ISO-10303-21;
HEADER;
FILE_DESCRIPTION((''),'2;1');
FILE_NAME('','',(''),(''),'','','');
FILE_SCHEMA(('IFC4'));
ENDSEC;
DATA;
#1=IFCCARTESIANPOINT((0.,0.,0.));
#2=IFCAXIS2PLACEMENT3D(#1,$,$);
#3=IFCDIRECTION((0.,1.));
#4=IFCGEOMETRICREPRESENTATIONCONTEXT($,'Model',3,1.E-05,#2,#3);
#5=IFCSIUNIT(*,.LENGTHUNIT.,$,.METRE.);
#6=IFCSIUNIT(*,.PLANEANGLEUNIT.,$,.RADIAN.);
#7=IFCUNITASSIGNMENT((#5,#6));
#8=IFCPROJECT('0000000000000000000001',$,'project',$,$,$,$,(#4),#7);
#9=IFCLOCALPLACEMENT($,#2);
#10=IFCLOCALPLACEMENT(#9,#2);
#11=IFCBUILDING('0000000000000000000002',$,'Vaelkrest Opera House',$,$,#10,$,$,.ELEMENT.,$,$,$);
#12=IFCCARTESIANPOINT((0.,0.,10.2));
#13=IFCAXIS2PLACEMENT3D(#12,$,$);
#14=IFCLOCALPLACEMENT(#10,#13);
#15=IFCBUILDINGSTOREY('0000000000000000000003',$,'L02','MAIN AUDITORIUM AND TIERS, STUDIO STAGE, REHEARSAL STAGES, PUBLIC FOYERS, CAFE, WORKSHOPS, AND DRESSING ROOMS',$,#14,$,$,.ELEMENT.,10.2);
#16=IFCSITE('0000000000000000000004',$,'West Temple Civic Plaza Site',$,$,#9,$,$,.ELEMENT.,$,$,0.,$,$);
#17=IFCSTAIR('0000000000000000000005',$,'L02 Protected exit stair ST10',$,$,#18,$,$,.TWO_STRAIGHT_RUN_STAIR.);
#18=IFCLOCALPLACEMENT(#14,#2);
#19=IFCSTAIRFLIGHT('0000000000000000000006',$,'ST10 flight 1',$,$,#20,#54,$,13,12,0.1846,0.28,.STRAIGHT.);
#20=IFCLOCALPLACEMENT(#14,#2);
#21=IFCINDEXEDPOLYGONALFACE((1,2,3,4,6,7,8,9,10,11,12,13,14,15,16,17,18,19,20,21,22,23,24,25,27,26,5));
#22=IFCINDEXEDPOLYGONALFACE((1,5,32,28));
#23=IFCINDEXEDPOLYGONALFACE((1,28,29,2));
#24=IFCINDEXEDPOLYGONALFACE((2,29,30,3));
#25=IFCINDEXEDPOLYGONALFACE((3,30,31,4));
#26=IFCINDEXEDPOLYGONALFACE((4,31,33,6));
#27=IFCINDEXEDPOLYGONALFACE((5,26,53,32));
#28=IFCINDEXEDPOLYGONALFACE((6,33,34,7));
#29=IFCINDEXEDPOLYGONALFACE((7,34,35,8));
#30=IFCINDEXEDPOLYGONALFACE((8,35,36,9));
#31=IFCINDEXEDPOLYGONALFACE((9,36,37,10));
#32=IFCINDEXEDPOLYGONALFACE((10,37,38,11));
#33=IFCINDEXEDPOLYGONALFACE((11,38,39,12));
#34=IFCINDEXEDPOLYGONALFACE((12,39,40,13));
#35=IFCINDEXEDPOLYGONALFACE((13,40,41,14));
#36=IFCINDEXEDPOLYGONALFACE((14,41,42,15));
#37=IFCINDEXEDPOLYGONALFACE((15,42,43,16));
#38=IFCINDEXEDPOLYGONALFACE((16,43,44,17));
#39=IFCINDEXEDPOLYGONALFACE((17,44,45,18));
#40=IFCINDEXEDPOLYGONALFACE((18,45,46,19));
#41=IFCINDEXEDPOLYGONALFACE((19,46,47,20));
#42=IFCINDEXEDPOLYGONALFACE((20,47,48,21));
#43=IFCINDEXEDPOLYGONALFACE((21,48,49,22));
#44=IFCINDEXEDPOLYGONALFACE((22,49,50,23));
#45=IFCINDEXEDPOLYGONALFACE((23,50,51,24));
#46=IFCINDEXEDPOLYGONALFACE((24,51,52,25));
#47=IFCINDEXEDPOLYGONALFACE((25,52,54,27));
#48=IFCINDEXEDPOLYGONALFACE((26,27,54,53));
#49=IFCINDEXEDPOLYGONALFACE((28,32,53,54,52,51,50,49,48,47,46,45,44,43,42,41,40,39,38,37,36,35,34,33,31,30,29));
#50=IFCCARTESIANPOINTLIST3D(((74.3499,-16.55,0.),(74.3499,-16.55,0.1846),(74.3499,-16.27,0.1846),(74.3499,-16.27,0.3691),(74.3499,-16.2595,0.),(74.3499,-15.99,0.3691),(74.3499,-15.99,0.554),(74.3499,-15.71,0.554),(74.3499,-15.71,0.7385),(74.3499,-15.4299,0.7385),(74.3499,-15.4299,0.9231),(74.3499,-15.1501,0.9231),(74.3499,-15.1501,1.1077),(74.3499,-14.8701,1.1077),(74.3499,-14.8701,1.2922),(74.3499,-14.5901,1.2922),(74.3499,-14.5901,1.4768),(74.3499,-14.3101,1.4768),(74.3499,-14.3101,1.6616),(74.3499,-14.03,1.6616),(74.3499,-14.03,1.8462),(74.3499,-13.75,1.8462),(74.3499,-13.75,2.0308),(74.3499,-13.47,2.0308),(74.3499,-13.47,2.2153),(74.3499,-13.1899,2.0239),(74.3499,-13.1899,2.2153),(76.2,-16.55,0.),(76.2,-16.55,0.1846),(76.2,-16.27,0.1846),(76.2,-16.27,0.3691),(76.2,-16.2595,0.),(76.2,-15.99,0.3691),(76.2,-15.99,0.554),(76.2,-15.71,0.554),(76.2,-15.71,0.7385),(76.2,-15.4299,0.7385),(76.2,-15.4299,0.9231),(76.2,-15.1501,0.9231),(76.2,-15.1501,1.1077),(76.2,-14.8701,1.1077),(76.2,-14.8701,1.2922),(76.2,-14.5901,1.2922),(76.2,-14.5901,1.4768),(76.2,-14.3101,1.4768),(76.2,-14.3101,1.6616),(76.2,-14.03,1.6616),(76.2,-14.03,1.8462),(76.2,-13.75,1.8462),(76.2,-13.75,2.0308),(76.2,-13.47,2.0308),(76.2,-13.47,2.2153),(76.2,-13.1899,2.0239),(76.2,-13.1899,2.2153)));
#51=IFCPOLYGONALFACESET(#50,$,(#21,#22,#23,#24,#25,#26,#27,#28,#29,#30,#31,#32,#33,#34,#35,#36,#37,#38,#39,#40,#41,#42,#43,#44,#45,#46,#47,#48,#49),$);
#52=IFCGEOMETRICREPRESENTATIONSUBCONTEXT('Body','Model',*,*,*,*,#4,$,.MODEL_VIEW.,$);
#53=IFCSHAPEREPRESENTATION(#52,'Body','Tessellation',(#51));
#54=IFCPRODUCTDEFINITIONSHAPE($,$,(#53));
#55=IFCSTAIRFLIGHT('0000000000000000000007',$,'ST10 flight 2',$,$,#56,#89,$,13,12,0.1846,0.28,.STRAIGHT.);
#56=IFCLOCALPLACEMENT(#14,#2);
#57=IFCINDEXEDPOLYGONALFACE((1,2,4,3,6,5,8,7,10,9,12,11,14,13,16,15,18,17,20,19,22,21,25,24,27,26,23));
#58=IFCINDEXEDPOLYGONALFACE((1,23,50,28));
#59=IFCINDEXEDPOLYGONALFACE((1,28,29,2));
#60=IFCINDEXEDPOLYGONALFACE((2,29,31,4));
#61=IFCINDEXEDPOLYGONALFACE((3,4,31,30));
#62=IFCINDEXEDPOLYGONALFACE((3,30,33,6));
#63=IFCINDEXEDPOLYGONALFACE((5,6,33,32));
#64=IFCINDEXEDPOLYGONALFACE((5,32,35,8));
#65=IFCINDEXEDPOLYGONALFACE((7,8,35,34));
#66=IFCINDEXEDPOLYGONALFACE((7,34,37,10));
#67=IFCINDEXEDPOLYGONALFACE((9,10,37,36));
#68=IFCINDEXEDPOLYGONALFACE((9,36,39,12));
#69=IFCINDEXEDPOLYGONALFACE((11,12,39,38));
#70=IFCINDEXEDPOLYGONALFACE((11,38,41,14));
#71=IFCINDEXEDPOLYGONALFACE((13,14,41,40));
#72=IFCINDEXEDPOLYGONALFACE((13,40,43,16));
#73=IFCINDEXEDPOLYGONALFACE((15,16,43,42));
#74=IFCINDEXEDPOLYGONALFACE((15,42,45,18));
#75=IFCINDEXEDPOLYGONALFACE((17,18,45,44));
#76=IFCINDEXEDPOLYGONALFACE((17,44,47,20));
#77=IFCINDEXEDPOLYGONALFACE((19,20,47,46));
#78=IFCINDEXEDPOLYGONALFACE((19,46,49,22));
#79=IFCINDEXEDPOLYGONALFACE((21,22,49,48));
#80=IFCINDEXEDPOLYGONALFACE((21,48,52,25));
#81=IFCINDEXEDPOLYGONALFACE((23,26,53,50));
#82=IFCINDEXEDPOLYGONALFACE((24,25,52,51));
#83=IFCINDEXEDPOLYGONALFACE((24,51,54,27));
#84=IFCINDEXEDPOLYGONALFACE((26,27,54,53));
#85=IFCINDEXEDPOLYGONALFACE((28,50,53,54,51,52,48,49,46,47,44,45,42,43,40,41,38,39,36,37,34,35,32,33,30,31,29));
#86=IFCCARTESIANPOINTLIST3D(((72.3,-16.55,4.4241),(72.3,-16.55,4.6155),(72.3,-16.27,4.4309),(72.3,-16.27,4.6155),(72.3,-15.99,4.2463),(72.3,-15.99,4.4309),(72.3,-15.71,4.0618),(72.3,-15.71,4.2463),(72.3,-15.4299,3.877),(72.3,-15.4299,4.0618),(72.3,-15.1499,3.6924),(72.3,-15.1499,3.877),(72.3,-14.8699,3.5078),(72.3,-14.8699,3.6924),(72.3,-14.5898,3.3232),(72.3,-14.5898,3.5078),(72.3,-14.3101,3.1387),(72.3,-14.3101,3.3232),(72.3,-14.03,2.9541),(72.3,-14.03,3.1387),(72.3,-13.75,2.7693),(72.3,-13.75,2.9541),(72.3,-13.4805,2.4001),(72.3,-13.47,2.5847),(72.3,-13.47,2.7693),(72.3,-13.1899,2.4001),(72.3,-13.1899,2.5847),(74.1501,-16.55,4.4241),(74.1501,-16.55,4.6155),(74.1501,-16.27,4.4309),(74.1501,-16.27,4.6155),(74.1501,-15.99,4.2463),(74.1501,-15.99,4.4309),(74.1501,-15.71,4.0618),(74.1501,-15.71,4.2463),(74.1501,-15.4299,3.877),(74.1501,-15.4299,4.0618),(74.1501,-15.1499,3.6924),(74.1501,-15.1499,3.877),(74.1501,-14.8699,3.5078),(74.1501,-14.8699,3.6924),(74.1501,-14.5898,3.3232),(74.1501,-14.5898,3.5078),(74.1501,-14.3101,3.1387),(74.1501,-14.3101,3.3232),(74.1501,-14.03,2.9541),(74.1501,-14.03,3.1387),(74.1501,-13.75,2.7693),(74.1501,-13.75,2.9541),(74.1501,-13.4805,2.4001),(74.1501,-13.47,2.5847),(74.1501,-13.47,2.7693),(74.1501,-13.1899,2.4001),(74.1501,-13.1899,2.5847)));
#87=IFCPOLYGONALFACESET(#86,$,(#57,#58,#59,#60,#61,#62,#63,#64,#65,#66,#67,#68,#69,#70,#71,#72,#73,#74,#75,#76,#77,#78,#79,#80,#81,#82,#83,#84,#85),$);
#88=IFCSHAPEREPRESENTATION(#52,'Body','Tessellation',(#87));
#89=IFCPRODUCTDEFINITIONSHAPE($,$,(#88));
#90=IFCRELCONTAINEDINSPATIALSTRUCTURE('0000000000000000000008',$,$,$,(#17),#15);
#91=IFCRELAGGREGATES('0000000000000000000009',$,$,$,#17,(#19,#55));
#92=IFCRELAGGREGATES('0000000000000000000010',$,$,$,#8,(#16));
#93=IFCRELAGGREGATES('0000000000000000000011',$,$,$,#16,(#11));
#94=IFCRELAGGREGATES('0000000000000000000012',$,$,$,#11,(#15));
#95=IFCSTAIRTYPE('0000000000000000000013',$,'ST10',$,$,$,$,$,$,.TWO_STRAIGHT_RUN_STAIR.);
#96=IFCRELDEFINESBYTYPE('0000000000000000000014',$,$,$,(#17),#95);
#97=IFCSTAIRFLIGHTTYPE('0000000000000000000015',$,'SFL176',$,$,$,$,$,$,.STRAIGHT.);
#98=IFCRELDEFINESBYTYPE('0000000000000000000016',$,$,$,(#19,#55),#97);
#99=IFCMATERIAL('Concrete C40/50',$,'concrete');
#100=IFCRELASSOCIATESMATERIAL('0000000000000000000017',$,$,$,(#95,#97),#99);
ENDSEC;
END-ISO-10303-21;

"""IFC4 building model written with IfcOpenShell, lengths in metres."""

from ifc_helpers import new_model, si_unit, direction, frame, origin, place, context, subcontext, project, spatial, polyline, outline, extrude, material, type_object, element, aggregate, save


model = new_model("IFC4")

# Units and contexts
model_context = context("Model", 3, precision=1e-05, world=origin(), true_north=direction((0.0, 1.0)))
body_context = subcontext(model_context, "Body", "Model", "MODEL_VIEW")
ifc_project = project(units=[si_unit("LENGTHUNIT", "METRE"), si_unit("PLANEANGLEUNIT", "RADIAN")], contexts=[model_context])

# Site, building, storey
site_placement = place(None, origin())
site = spatial("IfcSite", under=ifc_project, at=site_placement, Name="West Temple Civic Plaza Site", CompositionType="ELEMENT", RefElevation=0.0)
building_placement = place(site_placement, origin())
building = spatial("IfcBuilding", under=site, at=building_placement, Name="Vaelkrest Opera House", CompositionType="ELEMENT")
storey_placement = place(building_placement, frame((0.0, 0.0, 10.2)))
storey = spatial("IfcBuildingStorey", under=building, at=storey_placement, Name="L02", Description="MAIN AUDITORIUM AND TIERS, STUDIO STAGE, REHEARSAL STAGES, PUBLIC FOYERS, CAFE, WORKSHOPS, AND DRESSING ROOMS", CompositionType="ELEMENT", Elevation=10.2)

# Shared definitions
ifc_material_1 = material(Name="Concrete C40/50", Category="concrete")

# Stair, stair flights
stair_type = type_object("IfcStairType", Name="ST10", PredefinedType="TWO_STRAIGHT_RUN_STAIR", material=ifc_material_1)
stair_placement = place(storey_placement, origin())
stair = element("IfcStair", 1, at=stair_placement, inside=storey, type_object=stair_type, Name="L02 Protected exit stair ST10", PredefinedType="TWO_STRAIGHT_RUN_STAIR")
stair_flight_type = type_object("IfcStairFlightType", Name="SFL176", PredefinedType="STRAIGHT", material=ifc_material_1)
stair_flight_1_placement = place(storey_placement, frame((75.2749, -16.55, 0.0), z_axis=(0.0, 0.0, 1.0), x_axis=(0.0, 1.0, 0.0)))
stair_flight_1 = element("IfcStairFlight", 2, at=stair_flight_1_placement, type_object=stair_flight_type, Name="ST10 flight 1", NumberOfRisers=13, NumberOfTreads=12, PredefinedType="STRAIGHT", RiserHeight=0.1846, TreadLength=0.28, context=body_context, shape_type="SweptSolid", body=[
    extrude(outline(polyline([(0.0, 0.0), (0.0, 0.1846), (0.28, 0.1846), (0.28, 0.3691), (0.5601, 0.3691), (0.5601, 0.554), (0.8401, 0.554), (0.8401, 0.7385), (1.1201, 0.7385), (1.1201, 0.9231), (1.3999, 0.9231), (1.3999, 1.1077), (1.6799, 1.1077), (1.6799, 1.2922), (1.96, 1.2922), (1.96, 1.4768), (2.24, 1.4768), (2.24, 1.6616), (2.52, 1.6616), (2.52, 1.8462), (2.8, 1.8462), (2.8, 2.0308), (3.0801, 2.0308), (3.0801, 2.2153), (3.3601, 2.2153), (3.3601, 2.3999), (3.3601, 2.0239), (0.2905, 0.0), (0.0, 0.0)])), frame((0.0, 0.925, 0.0), z_axis=(0.0, -1.0, 0.0), x_axis=(1.0, 0.0, 0.0)), (0.0, 0.0, 1.0), 1.8501),
])
stair_flight_2_placement = place(storey_placement, frame((73.2251, -13.1899, 2.4001), z_axis=(0.0, 0.0, 1.0), x_axis=(0.0, -1.0, 0.0)))
stair_flight_2 = element("IfcStairFlight", 3, at=stair_flight_2_placement, type_object=stair_flight_type, Name="ST10 flight 2", NumberOfRisers=13, NumberOfTreads=12, PredefinedType="STRAIGHT", RiserHeight=0.1846, TreadLength=0.28, context=body_context, shape_type="SweptSolid", body=[
    extrude(outline(polyline([(0.0, 0.0), (0.0, 0.1846), (0.28, 0.1846), (0.28, 0.3691), (0.5601, 0.3691), (0.5601, 0.554), (0.8401, 0.554), (0.8401, 0.7385), (1.1201, 0.7385), (1.1201, 0.9231), (1.3999, 0.9231), (1.3999, 1.1077), (1.6799, 1.1077), (1.6799, 1.2922), (1.96, 1.2922), (1.96, 1.4768), (2.24, 1.4768), (2.24, 1.6616), (2.52, 1.6616), (2.52, 1.8462), (2.8, 1.8462), (2.8, 2.0308), (3.0801, 2.0308), (3.0801, 2.2153), (3.3601, 2.2153), (3.3601, 2.3999), (3.3601, 2.0239), (0.2905, 0.0), (0.0, 0.0)])), frame((0.0, 0.925, 0.0), z_axis=(0.0, -1.0, 0.0), x_axis=(1.0, 0.0, 0.0)), (0.0, 0.0, 1.0), 1.8501),
])
aggregate(stair, [stair_flight_1, stair_flight_2])

save(model, "model.ifc")
